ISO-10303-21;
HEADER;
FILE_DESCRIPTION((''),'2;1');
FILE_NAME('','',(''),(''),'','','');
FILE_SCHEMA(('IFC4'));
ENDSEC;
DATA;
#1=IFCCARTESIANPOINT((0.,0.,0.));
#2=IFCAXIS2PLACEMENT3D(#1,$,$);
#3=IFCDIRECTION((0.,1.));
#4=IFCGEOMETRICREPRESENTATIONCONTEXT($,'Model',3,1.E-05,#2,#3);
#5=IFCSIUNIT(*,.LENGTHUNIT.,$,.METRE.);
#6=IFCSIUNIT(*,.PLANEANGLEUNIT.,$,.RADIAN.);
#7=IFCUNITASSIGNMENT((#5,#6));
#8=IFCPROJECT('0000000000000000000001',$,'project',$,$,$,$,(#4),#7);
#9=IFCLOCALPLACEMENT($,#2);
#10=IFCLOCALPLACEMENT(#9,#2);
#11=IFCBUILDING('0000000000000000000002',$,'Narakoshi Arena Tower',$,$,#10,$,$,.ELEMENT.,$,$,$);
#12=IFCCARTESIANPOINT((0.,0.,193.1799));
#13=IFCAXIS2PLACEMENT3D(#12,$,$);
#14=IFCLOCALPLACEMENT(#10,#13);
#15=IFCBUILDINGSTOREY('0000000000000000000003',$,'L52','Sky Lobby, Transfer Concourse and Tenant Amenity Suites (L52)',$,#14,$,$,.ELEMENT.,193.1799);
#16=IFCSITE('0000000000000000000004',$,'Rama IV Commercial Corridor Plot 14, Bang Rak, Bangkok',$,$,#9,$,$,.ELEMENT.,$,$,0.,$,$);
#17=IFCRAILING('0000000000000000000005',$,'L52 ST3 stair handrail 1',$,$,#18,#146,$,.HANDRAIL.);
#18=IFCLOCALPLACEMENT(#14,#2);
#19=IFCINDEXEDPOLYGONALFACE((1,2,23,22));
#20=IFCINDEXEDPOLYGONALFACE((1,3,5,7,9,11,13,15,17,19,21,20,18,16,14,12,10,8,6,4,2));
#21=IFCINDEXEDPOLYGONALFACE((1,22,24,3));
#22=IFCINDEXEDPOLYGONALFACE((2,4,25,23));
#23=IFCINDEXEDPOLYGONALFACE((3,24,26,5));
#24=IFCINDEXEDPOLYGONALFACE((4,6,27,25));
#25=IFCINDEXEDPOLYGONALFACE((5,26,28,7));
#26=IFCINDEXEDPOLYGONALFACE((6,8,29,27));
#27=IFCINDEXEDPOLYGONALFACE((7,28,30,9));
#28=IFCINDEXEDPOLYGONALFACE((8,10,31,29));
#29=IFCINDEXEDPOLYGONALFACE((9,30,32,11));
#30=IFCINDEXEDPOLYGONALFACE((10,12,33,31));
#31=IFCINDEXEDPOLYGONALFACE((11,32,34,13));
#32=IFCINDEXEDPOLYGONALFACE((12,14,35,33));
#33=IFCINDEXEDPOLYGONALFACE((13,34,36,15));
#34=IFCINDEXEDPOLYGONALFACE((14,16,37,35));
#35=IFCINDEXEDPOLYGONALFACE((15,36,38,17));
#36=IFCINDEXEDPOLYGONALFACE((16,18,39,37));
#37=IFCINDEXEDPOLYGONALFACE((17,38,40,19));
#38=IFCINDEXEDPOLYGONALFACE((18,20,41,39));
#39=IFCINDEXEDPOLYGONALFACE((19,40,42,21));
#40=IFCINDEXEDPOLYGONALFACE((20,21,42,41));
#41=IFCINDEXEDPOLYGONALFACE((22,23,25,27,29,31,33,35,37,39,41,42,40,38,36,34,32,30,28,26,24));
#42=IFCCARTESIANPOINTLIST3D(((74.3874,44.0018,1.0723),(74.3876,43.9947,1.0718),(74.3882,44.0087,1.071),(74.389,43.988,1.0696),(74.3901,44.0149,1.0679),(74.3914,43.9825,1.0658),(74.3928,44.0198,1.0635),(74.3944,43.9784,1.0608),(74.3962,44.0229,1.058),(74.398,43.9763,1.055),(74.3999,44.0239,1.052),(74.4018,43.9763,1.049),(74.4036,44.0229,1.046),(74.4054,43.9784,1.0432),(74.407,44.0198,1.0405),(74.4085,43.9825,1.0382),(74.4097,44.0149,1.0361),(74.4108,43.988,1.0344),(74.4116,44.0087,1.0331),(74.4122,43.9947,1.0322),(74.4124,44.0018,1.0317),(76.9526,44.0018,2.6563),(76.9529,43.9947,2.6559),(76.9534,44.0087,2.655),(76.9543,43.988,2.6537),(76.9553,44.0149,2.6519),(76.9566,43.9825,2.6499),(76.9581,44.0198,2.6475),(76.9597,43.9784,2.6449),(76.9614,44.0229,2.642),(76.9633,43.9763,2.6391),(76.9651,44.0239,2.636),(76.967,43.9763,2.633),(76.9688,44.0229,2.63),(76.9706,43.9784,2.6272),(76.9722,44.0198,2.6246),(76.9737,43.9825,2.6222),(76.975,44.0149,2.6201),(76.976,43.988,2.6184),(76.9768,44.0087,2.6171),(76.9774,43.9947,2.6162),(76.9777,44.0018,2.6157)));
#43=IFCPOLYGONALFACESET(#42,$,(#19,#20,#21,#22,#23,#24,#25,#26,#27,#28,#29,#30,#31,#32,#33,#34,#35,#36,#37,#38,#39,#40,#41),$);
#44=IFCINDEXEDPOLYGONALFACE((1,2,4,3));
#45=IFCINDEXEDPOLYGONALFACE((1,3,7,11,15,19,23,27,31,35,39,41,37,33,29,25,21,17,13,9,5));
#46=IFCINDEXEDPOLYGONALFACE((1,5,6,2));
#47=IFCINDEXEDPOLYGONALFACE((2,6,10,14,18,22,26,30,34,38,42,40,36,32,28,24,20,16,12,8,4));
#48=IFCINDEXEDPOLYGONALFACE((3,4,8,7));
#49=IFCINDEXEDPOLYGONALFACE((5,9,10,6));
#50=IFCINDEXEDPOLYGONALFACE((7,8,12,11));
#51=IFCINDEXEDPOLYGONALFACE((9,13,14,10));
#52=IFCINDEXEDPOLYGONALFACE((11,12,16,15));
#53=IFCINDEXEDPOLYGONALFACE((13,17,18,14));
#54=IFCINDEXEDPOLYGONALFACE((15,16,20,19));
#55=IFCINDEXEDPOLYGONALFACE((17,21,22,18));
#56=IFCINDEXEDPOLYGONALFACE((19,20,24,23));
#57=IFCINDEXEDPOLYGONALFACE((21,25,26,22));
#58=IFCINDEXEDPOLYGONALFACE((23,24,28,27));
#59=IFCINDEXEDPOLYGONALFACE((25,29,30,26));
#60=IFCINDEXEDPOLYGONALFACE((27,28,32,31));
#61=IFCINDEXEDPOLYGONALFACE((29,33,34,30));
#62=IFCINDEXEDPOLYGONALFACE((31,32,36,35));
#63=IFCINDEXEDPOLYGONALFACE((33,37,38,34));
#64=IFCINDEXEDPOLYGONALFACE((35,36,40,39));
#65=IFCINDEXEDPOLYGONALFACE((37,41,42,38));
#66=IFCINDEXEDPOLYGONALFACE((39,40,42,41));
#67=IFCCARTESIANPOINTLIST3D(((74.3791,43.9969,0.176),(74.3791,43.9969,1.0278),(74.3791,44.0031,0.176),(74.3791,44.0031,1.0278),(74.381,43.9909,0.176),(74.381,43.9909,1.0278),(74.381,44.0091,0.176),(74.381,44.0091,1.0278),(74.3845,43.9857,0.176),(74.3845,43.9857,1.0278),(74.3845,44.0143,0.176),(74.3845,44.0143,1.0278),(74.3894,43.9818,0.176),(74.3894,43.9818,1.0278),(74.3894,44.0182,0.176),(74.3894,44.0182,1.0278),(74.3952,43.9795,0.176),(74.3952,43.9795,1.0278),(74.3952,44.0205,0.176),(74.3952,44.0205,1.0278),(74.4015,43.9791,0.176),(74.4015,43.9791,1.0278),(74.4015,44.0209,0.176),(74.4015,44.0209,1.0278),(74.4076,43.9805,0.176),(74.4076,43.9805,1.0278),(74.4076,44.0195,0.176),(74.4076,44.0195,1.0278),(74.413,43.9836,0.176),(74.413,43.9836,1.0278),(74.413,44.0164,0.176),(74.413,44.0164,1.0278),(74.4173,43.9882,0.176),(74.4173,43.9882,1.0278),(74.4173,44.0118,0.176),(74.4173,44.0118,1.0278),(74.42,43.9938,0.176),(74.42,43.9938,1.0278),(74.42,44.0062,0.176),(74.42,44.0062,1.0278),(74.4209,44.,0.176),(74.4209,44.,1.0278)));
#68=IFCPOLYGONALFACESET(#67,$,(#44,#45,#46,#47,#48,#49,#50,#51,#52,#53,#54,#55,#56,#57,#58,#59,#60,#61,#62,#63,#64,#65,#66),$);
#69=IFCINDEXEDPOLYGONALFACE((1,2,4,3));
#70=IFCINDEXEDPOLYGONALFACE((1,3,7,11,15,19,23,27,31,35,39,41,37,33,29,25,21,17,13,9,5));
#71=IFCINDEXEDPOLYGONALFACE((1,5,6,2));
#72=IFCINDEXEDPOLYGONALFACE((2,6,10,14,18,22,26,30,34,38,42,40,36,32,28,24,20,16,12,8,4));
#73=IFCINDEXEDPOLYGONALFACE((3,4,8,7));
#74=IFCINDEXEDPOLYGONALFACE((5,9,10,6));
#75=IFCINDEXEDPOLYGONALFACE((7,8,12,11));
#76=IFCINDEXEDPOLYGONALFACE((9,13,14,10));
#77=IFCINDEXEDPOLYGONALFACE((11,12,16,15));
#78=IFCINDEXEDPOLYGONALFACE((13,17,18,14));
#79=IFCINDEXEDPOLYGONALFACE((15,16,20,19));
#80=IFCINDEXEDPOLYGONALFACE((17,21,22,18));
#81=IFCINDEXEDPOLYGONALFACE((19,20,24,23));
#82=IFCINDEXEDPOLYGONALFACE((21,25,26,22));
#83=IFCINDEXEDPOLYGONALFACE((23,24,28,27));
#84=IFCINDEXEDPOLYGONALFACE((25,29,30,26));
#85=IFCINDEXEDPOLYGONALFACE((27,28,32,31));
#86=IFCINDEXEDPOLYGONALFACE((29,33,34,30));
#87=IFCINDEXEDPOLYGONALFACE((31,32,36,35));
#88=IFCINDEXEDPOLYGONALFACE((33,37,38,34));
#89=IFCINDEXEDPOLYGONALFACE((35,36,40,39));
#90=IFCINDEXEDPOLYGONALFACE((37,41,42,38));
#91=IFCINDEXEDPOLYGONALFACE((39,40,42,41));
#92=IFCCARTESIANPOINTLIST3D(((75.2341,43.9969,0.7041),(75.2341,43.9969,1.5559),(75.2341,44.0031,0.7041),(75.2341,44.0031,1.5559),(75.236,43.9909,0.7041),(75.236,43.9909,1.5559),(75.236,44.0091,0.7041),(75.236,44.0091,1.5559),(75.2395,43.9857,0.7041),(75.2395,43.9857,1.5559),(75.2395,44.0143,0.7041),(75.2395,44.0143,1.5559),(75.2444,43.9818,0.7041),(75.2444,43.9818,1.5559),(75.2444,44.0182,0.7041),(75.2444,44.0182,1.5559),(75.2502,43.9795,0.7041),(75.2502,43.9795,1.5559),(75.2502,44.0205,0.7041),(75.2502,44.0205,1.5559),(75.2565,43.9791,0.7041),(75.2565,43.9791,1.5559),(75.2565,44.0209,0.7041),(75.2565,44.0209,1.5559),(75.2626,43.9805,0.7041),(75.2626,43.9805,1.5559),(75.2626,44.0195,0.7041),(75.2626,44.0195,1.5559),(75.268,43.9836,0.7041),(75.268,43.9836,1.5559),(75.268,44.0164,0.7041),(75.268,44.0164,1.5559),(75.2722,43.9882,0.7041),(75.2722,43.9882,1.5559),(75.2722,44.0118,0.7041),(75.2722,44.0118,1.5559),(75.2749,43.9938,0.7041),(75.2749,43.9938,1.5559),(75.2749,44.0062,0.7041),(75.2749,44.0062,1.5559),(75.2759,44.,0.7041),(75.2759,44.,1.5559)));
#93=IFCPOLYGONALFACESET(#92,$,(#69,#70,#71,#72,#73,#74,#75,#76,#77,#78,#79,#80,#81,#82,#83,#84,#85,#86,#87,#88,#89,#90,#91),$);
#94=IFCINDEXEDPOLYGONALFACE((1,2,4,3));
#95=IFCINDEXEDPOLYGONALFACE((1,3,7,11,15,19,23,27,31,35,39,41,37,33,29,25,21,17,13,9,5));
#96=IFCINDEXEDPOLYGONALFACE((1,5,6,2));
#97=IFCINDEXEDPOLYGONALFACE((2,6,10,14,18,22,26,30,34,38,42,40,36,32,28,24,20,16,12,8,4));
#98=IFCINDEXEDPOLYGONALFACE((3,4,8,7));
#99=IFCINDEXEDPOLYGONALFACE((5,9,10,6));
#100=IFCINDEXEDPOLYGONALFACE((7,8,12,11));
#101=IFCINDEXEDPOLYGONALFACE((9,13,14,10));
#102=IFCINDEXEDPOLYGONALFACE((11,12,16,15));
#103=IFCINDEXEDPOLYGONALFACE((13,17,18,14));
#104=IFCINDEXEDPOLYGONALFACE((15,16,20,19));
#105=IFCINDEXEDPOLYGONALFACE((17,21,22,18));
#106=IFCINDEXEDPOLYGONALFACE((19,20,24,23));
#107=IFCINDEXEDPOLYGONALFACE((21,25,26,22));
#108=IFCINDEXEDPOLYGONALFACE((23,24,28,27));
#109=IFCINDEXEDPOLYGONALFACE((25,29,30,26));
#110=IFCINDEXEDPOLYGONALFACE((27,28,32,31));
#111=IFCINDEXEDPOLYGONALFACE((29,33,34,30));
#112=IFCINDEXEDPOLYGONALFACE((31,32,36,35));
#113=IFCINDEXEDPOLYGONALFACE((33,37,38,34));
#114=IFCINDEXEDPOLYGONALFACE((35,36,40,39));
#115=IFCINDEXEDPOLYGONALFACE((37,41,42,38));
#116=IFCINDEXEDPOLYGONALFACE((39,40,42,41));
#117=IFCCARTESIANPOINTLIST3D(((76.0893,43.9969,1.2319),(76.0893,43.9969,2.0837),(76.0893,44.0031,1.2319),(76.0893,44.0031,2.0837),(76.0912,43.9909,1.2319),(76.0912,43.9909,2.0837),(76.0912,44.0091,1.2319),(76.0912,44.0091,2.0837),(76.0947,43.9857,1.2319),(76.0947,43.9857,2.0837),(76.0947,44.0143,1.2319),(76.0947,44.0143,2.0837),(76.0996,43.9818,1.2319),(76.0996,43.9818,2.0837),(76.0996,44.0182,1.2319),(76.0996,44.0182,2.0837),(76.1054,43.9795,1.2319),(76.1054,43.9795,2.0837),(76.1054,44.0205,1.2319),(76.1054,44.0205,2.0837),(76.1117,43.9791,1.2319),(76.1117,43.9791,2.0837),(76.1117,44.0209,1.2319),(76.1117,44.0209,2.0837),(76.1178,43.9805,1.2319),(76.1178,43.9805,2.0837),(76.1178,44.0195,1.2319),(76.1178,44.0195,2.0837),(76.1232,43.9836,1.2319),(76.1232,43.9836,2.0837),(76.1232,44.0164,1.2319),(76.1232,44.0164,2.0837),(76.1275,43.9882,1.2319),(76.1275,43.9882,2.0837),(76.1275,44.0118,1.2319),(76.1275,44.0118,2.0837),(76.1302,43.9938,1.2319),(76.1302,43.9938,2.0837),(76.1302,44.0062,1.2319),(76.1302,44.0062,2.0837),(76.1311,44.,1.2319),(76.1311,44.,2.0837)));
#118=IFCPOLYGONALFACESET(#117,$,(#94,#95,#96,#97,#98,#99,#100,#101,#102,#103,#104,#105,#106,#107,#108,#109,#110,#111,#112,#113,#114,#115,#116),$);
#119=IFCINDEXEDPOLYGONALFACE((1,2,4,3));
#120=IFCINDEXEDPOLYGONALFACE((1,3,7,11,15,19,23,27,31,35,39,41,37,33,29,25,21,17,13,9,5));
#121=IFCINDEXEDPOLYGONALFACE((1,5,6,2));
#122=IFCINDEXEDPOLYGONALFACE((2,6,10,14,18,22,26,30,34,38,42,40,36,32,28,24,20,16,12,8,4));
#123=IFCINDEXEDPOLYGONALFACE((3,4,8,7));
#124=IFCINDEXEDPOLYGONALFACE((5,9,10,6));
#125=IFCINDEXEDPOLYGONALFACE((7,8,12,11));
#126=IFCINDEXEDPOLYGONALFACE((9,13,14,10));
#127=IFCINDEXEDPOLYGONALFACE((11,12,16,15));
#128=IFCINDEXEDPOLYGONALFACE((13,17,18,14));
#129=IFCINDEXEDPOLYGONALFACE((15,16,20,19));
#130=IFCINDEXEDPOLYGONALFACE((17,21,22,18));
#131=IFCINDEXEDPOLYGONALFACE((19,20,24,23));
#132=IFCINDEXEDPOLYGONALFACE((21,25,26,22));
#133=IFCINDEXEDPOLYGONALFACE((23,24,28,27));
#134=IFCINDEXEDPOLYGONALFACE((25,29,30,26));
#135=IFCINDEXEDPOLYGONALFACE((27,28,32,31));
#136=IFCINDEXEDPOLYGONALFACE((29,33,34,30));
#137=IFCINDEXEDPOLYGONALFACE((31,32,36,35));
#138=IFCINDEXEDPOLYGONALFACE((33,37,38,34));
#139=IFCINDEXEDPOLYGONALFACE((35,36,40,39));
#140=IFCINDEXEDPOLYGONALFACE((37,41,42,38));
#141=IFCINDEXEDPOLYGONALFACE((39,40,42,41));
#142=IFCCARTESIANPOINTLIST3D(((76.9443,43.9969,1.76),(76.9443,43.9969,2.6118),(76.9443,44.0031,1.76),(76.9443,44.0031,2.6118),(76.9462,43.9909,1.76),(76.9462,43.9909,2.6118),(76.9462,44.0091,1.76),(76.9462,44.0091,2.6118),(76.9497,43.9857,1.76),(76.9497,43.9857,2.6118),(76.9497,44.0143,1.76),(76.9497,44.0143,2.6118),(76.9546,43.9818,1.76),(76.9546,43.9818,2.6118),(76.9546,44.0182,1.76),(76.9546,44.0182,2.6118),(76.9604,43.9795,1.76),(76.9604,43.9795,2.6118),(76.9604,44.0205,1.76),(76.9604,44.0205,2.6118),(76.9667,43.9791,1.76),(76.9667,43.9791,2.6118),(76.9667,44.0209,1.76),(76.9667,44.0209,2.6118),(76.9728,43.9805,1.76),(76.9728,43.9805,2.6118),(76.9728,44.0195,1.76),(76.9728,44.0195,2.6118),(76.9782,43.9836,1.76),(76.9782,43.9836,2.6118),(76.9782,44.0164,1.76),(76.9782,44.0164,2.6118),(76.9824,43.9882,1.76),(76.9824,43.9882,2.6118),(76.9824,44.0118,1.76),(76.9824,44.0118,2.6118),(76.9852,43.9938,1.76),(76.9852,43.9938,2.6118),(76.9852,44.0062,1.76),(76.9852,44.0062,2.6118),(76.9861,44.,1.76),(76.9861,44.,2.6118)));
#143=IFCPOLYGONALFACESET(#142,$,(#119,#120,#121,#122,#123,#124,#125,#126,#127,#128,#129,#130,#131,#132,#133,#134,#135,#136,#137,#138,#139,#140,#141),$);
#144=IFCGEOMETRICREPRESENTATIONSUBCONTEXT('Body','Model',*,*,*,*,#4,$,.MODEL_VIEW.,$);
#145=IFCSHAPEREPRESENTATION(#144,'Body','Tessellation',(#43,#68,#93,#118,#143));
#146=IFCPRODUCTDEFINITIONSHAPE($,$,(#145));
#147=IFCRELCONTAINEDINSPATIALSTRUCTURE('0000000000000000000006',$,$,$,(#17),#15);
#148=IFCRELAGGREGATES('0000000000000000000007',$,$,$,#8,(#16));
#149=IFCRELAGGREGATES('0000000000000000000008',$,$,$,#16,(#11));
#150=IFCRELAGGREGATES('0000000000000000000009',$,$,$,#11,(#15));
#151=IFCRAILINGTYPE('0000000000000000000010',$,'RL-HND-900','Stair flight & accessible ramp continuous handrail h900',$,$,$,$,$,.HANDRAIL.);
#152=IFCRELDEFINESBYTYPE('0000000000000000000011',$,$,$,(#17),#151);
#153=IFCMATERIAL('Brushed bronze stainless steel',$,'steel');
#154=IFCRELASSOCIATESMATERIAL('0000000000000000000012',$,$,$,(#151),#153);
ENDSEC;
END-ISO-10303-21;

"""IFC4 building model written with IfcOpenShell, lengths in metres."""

from ifc_helpers import new_model, si_unit, direction, frame, origin, origin_2d, place, context, subcontext, project, spatial, circle, extrude, material, type_object, element, save


model = new_model("IFC4")

# Units and contexts
model_context = context("Model", 3, precision=1e-05, world=origin(), true_north=direction((0.0, 1.0)))
body_context = subcontext(model_context, "Body", "Model", "MODEL_VIEW")
ifc_project = project(units=[si_unit("LENGTHUNIT", "METRE"), si_unit("PLANEANGLEUNIT", "RADIAN")], contexts=[model_context])

# Site, building, storey
site_placement = place(None, origin())
site = spatial("IfcSite", under=ifc_project, at=site_placement, Name="Rama IV Commercial Corridor Plot 14, Bang Rak, Bangkok", CompositionType="ELEMENT", RefElevation=0.0)
building_placement = place(site_placement, origin())
building = spatial("IfcBuilding", under=site, at=building_placement, Name="Narakoshi Arena Tower", CompositionType="ELEMENT")
storey_placement = place(building_placement, frame((0.0, 0.0, 193.1799)))
storey = spatial("IfcBuildingStorey", under=building, at=storey_placement, Name="L52", Description="Sky Lobby, Transfer Concourse and Tenant Amenity Suites (L52)", CompositionType="ELEMENT", Elevation=193.1799)

# Railing
ifc_material_1 = material(Name="Brushed bronze stainless steel", Category="steel")
railing_type_1 = type_object("IfcRailingType", Name="RL-HND-900", Description="Stair flight & accessible ramp continuous handrail h900", PredefinedType="HANDRAIL", material=ifc_material_1)
railing_1_placement = place(storey_placement, frame((74.3999, 44.0, 0.176)))
element("IfcRailing", 1, at=railing_1_placement, inside=storey, type_object=railing_type_1, Name="L52 ST3 stair handrail 1", PredefinedType="HANDRAIL", context=body_context, shape_type="SweptSolid", body=[
    extrude(circle(Radius=0.0239, at=origin_2d()), frame((0.0, 0.0, 0.876), z_axis=(0.850857, 0.0, 0.525398), x_axis=(0.0, 1.0, 0.0)), (0.0, 0.0, 1.0), 3.0149),
    extrude(circle(Radius=0.021, at=origin_2d()), origin(), (0.0, 0.0, 1.0), 0.8518),
    extrude(circle(Radius=0.021, at=origin_2d()), frame((0.855, 0.0, 0.5281)), (0.0, 0.0, 1.0), 0.8518),
    extrude(circle(Radius=0.021, at=origin_2d()), frame((1.7102, 0.0, 1.0559)), (0.0, 0.0, 1.0), 0.8518),
    extrude(circle(Radius=0.021, at=origin_2d()), frame((2.5652, 0.0, 1.584)), (0.0, 0.0, 1.0), 0.8518),
])

save(model, "model.ifc")
